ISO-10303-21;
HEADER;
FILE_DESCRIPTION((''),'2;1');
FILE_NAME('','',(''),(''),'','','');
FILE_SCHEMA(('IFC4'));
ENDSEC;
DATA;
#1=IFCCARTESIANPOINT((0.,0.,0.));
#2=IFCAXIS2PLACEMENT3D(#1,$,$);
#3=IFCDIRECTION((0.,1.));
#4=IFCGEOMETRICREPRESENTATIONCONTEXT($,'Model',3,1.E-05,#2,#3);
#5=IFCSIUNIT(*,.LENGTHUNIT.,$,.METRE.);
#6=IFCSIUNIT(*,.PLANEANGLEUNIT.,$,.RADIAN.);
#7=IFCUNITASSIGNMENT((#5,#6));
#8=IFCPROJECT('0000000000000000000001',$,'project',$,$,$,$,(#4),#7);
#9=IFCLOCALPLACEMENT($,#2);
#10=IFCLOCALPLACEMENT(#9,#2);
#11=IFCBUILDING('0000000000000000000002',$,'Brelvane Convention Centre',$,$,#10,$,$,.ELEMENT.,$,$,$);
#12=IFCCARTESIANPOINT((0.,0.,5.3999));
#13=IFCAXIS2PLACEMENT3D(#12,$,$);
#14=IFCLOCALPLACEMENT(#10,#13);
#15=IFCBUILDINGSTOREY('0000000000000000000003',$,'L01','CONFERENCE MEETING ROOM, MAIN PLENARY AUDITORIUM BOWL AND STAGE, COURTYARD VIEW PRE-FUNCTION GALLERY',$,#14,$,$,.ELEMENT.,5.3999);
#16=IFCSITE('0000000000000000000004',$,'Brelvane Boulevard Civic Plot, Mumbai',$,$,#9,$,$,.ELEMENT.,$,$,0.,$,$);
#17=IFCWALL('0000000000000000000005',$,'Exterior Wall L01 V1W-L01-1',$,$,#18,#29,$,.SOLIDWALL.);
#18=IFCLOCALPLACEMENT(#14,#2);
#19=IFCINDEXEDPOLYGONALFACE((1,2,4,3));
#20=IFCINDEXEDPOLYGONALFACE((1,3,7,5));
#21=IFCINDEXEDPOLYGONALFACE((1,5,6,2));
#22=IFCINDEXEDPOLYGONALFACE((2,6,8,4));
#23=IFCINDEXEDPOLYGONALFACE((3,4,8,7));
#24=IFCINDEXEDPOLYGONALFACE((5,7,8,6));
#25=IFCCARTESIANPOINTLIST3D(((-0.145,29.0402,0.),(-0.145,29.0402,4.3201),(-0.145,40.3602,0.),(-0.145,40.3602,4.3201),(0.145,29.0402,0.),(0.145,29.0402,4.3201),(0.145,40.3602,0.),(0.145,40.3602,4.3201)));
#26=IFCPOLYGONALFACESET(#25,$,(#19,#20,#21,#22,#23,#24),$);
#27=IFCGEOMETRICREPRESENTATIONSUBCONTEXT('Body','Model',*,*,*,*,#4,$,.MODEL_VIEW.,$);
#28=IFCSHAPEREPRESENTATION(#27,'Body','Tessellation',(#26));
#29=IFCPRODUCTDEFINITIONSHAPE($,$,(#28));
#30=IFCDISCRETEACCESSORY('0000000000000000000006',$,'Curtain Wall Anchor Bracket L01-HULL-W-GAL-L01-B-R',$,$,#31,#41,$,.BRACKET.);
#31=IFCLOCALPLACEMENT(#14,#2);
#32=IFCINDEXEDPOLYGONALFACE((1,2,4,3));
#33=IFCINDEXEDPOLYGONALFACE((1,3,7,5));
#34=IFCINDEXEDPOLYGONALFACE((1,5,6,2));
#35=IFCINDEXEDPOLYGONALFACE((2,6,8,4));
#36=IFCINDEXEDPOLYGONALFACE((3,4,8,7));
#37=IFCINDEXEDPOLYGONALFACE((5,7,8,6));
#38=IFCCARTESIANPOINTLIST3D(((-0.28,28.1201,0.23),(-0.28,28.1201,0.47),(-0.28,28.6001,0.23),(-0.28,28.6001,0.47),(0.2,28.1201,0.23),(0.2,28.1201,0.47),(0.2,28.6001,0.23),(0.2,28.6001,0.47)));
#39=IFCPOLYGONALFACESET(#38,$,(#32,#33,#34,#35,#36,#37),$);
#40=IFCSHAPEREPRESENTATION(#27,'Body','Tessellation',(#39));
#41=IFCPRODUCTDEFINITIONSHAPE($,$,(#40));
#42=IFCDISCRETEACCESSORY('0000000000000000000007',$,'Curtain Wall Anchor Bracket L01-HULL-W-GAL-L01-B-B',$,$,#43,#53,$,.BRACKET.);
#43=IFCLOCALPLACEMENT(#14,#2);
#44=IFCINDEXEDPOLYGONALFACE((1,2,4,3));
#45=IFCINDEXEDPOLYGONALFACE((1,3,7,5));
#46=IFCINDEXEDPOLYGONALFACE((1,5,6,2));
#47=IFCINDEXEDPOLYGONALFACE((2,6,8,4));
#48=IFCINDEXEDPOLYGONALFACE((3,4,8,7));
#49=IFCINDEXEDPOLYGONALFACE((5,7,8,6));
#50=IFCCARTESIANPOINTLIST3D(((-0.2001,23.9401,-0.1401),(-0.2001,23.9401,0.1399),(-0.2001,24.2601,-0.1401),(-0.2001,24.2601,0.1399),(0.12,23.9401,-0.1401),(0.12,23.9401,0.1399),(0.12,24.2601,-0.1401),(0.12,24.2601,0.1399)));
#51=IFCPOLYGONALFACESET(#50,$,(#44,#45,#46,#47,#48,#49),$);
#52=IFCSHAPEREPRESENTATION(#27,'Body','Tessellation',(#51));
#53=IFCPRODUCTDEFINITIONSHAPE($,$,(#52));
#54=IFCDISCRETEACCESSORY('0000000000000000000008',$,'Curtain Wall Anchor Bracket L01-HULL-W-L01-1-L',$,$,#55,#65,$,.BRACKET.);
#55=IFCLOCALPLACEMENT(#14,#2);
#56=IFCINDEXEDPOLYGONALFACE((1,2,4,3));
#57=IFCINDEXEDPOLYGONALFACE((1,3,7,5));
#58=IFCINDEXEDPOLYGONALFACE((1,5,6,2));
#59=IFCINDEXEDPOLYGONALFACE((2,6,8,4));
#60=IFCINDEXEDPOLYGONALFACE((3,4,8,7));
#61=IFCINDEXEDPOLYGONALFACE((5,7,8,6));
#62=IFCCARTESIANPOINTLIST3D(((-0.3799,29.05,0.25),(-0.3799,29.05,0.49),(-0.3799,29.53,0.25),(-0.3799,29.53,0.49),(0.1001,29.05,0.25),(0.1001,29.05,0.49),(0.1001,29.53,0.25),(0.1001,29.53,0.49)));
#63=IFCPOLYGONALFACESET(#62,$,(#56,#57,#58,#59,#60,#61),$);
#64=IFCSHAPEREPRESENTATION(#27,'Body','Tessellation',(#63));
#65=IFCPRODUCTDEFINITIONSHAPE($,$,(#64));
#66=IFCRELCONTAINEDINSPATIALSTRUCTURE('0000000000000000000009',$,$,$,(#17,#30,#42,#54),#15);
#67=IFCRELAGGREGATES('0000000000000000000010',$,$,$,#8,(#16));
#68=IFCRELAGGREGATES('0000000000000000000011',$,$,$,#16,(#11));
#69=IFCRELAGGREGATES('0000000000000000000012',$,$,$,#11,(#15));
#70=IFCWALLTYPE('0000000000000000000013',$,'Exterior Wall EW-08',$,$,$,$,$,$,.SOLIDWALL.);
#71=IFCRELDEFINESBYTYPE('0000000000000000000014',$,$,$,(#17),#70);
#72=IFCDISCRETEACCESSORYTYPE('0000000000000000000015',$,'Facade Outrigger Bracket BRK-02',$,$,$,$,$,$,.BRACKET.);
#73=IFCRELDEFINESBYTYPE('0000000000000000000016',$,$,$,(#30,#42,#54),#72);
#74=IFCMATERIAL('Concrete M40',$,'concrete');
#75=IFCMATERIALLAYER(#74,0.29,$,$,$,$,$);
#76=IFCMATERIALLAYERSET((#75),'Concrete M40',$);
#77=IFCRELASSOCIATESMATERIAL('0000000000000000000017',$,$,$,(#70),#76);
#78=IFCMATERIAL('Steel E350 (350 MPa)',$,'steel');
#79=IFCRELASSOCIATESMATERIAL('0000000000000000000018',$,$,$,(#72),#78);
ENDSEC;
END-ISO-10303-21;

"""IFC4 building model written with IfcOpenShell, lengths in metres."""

from ifc_helpers import new_model, si_unit, direction, frame, frame_2d, origin, origin_2d, place, context, subcontext, project, spatial, rectangle, extrude, material, layer, layer_set, type_object, element, save


model = new_model("IFC4")

# Units and contexts
model_context = context("Model", 3, precision=1e-05, world=origin(), true_north=direction((0.0, 1.0)))
body_context = subcontext(model_context, "Body", "Model", "MODEL_VIEW")
ifc_project = project(units=[si_unit("LENGTHUNIT", "METRE"), si_unit("PLANEANGLEUNIT", "RADIAN")], contexts=[model_context])

# Site, building, storey
site_placement = place(None, origin())
site = spatial("IfcSite", under=ifc_project, at=site_placement, Name="Brelvane Boulevard Civic Plot, Mumbai", CompositionType="ELEMENT", RefElevation=0.0)
building_placement = place(site_placement, origin())
building = spatial("IfcBuilding", under=site, at=building_placement, Name="Brelvane Convention Centre", CompositionType="ELEMENT")
storey_placement = place(building_placement, frame((0.0, 0.0, 5.3999)))
storey = spatial("IfcBuildingStorey", under=building, at=storey_placement, Name="L01", Description="CONFERENCE MEETING ROOM, MAIN PLENARY AUDITORIUM BOWL AND STAGE, COURTYARD VIEW PRE-FUNCTION GALLERY", CompositionType="ELEMENT", Elevation=5.3999)

# Wall
ifc_material_1 = material(Name="Concrete M40", Category="concrete")
ifc_layer_1 = layer(ifc_material_1, 0.29)
ifc_layer_set_1 = layer_set([ifc_layer_1], Name="Concrete M40")
wall_type = type_object("IfcWallType", Name="Exterior Wall EW-08", PredefinedType="SOLIDWALL", material=ifc_layer_set_1)
wall_placement = place(storey_placement, frame((0.0, 29.04, 0.0), z_axis=(0.0, 0.0, 1.0), x_axis=(0.0, 1.0, 0.0)))
element("IfcWall", 1, at=wall_placement, inside=storey, type_object=wall_type, Name="Exterior Wall L01 V1W-L01-1", PredefinedType="SOLIDWALL", context=body_context, shape_type="SweptSolid", body=[
    extrude(rectangle(XDim=11.3201, YDim=0.29, at=frame_2d((5.6602, 0.0))), origin(), (0.0, 0.0, 1.0), 4.3201),
])

# Discrete accessories
ifc_material_2 = material(Name="Steel E350 (350 MPa)", Category="steel")
discrete_accessory_type = type_object("IfcDiscreteAccessoryType", Name="Facade Outrigger Bracket BRK-02", PredefinedType="BRACKET", material=ifc_material_2)
discrete_accessory_1_placement = place(storey_placement, frame((-0.04, 28.3601, 0.23), z_axis=(0.0, 0.0, 1.0), x_axis=(1.0, 0.0, 0.0)))
element("IfcDiscreteAccessory", 2, at=discrete_accessory_1_placement, inside=storey, type_object=discrete_accessory_type, Name="Curtain Wall Anchor Bracket L01-HULL-W-GAL-L01-B-R", PredefinedType="BRACKET", context=body_context, shape_type="SweptSolid", body=[
    extrude(rectangle(XDim=0.48, YDim=0.48, at=origin_2d()), origin(), (0.0, 0.0, 1.0), 0.24),
])
discrete_accessory_2_placement = place(storey_placement, frame((-0.04, 24.1001, -0.1401), z_axis=(0.0, 0.0, 1.0), x_axis=(1.0, 0.0, 0.0)))
element("IfcDiscreteAccessory", 3, at=discrete_accessory_2_placement, inside=storey, type_object=discrete_accessory_type, Name="Curtain Wall Anchor Bracket L01-HULL-W-GAL-L01-B-B", PredefinedType="BRACKET", context=body_context, shape_type="SweptSolid", body=[
    extrude(rectangle(XDim=0.3201, YDim=0.3201, at=origin_2d()), origin(), (0.0, 0.0, 1.0), 0.28),
])
discrete_accessory_3_placement = place(storey_placement, frame((-0.1399, 29.29, 0.25), z_axis=(0.0, 0.0, 1.0), x_axis=(1.0, 0.0, 0.0)))
element("IfcDiscreteAccessory", 4, at=discrete_accessory_3_placement, inside=storey, type_object=discrete_accessory_type, Name="Curtain Wall Anchor Bracket L01-HULL-W-L01-1-L", PredefinedType="BRACKET", context=body_context, shape_type="SweptSolid", body=[
    extrude(rectangle(XDim=0.48, YDim=0.48, at=origin_2d()), origin(), (0.0, 0.0, 1.0), 0.24),
])

save(model, "model.ifc")
